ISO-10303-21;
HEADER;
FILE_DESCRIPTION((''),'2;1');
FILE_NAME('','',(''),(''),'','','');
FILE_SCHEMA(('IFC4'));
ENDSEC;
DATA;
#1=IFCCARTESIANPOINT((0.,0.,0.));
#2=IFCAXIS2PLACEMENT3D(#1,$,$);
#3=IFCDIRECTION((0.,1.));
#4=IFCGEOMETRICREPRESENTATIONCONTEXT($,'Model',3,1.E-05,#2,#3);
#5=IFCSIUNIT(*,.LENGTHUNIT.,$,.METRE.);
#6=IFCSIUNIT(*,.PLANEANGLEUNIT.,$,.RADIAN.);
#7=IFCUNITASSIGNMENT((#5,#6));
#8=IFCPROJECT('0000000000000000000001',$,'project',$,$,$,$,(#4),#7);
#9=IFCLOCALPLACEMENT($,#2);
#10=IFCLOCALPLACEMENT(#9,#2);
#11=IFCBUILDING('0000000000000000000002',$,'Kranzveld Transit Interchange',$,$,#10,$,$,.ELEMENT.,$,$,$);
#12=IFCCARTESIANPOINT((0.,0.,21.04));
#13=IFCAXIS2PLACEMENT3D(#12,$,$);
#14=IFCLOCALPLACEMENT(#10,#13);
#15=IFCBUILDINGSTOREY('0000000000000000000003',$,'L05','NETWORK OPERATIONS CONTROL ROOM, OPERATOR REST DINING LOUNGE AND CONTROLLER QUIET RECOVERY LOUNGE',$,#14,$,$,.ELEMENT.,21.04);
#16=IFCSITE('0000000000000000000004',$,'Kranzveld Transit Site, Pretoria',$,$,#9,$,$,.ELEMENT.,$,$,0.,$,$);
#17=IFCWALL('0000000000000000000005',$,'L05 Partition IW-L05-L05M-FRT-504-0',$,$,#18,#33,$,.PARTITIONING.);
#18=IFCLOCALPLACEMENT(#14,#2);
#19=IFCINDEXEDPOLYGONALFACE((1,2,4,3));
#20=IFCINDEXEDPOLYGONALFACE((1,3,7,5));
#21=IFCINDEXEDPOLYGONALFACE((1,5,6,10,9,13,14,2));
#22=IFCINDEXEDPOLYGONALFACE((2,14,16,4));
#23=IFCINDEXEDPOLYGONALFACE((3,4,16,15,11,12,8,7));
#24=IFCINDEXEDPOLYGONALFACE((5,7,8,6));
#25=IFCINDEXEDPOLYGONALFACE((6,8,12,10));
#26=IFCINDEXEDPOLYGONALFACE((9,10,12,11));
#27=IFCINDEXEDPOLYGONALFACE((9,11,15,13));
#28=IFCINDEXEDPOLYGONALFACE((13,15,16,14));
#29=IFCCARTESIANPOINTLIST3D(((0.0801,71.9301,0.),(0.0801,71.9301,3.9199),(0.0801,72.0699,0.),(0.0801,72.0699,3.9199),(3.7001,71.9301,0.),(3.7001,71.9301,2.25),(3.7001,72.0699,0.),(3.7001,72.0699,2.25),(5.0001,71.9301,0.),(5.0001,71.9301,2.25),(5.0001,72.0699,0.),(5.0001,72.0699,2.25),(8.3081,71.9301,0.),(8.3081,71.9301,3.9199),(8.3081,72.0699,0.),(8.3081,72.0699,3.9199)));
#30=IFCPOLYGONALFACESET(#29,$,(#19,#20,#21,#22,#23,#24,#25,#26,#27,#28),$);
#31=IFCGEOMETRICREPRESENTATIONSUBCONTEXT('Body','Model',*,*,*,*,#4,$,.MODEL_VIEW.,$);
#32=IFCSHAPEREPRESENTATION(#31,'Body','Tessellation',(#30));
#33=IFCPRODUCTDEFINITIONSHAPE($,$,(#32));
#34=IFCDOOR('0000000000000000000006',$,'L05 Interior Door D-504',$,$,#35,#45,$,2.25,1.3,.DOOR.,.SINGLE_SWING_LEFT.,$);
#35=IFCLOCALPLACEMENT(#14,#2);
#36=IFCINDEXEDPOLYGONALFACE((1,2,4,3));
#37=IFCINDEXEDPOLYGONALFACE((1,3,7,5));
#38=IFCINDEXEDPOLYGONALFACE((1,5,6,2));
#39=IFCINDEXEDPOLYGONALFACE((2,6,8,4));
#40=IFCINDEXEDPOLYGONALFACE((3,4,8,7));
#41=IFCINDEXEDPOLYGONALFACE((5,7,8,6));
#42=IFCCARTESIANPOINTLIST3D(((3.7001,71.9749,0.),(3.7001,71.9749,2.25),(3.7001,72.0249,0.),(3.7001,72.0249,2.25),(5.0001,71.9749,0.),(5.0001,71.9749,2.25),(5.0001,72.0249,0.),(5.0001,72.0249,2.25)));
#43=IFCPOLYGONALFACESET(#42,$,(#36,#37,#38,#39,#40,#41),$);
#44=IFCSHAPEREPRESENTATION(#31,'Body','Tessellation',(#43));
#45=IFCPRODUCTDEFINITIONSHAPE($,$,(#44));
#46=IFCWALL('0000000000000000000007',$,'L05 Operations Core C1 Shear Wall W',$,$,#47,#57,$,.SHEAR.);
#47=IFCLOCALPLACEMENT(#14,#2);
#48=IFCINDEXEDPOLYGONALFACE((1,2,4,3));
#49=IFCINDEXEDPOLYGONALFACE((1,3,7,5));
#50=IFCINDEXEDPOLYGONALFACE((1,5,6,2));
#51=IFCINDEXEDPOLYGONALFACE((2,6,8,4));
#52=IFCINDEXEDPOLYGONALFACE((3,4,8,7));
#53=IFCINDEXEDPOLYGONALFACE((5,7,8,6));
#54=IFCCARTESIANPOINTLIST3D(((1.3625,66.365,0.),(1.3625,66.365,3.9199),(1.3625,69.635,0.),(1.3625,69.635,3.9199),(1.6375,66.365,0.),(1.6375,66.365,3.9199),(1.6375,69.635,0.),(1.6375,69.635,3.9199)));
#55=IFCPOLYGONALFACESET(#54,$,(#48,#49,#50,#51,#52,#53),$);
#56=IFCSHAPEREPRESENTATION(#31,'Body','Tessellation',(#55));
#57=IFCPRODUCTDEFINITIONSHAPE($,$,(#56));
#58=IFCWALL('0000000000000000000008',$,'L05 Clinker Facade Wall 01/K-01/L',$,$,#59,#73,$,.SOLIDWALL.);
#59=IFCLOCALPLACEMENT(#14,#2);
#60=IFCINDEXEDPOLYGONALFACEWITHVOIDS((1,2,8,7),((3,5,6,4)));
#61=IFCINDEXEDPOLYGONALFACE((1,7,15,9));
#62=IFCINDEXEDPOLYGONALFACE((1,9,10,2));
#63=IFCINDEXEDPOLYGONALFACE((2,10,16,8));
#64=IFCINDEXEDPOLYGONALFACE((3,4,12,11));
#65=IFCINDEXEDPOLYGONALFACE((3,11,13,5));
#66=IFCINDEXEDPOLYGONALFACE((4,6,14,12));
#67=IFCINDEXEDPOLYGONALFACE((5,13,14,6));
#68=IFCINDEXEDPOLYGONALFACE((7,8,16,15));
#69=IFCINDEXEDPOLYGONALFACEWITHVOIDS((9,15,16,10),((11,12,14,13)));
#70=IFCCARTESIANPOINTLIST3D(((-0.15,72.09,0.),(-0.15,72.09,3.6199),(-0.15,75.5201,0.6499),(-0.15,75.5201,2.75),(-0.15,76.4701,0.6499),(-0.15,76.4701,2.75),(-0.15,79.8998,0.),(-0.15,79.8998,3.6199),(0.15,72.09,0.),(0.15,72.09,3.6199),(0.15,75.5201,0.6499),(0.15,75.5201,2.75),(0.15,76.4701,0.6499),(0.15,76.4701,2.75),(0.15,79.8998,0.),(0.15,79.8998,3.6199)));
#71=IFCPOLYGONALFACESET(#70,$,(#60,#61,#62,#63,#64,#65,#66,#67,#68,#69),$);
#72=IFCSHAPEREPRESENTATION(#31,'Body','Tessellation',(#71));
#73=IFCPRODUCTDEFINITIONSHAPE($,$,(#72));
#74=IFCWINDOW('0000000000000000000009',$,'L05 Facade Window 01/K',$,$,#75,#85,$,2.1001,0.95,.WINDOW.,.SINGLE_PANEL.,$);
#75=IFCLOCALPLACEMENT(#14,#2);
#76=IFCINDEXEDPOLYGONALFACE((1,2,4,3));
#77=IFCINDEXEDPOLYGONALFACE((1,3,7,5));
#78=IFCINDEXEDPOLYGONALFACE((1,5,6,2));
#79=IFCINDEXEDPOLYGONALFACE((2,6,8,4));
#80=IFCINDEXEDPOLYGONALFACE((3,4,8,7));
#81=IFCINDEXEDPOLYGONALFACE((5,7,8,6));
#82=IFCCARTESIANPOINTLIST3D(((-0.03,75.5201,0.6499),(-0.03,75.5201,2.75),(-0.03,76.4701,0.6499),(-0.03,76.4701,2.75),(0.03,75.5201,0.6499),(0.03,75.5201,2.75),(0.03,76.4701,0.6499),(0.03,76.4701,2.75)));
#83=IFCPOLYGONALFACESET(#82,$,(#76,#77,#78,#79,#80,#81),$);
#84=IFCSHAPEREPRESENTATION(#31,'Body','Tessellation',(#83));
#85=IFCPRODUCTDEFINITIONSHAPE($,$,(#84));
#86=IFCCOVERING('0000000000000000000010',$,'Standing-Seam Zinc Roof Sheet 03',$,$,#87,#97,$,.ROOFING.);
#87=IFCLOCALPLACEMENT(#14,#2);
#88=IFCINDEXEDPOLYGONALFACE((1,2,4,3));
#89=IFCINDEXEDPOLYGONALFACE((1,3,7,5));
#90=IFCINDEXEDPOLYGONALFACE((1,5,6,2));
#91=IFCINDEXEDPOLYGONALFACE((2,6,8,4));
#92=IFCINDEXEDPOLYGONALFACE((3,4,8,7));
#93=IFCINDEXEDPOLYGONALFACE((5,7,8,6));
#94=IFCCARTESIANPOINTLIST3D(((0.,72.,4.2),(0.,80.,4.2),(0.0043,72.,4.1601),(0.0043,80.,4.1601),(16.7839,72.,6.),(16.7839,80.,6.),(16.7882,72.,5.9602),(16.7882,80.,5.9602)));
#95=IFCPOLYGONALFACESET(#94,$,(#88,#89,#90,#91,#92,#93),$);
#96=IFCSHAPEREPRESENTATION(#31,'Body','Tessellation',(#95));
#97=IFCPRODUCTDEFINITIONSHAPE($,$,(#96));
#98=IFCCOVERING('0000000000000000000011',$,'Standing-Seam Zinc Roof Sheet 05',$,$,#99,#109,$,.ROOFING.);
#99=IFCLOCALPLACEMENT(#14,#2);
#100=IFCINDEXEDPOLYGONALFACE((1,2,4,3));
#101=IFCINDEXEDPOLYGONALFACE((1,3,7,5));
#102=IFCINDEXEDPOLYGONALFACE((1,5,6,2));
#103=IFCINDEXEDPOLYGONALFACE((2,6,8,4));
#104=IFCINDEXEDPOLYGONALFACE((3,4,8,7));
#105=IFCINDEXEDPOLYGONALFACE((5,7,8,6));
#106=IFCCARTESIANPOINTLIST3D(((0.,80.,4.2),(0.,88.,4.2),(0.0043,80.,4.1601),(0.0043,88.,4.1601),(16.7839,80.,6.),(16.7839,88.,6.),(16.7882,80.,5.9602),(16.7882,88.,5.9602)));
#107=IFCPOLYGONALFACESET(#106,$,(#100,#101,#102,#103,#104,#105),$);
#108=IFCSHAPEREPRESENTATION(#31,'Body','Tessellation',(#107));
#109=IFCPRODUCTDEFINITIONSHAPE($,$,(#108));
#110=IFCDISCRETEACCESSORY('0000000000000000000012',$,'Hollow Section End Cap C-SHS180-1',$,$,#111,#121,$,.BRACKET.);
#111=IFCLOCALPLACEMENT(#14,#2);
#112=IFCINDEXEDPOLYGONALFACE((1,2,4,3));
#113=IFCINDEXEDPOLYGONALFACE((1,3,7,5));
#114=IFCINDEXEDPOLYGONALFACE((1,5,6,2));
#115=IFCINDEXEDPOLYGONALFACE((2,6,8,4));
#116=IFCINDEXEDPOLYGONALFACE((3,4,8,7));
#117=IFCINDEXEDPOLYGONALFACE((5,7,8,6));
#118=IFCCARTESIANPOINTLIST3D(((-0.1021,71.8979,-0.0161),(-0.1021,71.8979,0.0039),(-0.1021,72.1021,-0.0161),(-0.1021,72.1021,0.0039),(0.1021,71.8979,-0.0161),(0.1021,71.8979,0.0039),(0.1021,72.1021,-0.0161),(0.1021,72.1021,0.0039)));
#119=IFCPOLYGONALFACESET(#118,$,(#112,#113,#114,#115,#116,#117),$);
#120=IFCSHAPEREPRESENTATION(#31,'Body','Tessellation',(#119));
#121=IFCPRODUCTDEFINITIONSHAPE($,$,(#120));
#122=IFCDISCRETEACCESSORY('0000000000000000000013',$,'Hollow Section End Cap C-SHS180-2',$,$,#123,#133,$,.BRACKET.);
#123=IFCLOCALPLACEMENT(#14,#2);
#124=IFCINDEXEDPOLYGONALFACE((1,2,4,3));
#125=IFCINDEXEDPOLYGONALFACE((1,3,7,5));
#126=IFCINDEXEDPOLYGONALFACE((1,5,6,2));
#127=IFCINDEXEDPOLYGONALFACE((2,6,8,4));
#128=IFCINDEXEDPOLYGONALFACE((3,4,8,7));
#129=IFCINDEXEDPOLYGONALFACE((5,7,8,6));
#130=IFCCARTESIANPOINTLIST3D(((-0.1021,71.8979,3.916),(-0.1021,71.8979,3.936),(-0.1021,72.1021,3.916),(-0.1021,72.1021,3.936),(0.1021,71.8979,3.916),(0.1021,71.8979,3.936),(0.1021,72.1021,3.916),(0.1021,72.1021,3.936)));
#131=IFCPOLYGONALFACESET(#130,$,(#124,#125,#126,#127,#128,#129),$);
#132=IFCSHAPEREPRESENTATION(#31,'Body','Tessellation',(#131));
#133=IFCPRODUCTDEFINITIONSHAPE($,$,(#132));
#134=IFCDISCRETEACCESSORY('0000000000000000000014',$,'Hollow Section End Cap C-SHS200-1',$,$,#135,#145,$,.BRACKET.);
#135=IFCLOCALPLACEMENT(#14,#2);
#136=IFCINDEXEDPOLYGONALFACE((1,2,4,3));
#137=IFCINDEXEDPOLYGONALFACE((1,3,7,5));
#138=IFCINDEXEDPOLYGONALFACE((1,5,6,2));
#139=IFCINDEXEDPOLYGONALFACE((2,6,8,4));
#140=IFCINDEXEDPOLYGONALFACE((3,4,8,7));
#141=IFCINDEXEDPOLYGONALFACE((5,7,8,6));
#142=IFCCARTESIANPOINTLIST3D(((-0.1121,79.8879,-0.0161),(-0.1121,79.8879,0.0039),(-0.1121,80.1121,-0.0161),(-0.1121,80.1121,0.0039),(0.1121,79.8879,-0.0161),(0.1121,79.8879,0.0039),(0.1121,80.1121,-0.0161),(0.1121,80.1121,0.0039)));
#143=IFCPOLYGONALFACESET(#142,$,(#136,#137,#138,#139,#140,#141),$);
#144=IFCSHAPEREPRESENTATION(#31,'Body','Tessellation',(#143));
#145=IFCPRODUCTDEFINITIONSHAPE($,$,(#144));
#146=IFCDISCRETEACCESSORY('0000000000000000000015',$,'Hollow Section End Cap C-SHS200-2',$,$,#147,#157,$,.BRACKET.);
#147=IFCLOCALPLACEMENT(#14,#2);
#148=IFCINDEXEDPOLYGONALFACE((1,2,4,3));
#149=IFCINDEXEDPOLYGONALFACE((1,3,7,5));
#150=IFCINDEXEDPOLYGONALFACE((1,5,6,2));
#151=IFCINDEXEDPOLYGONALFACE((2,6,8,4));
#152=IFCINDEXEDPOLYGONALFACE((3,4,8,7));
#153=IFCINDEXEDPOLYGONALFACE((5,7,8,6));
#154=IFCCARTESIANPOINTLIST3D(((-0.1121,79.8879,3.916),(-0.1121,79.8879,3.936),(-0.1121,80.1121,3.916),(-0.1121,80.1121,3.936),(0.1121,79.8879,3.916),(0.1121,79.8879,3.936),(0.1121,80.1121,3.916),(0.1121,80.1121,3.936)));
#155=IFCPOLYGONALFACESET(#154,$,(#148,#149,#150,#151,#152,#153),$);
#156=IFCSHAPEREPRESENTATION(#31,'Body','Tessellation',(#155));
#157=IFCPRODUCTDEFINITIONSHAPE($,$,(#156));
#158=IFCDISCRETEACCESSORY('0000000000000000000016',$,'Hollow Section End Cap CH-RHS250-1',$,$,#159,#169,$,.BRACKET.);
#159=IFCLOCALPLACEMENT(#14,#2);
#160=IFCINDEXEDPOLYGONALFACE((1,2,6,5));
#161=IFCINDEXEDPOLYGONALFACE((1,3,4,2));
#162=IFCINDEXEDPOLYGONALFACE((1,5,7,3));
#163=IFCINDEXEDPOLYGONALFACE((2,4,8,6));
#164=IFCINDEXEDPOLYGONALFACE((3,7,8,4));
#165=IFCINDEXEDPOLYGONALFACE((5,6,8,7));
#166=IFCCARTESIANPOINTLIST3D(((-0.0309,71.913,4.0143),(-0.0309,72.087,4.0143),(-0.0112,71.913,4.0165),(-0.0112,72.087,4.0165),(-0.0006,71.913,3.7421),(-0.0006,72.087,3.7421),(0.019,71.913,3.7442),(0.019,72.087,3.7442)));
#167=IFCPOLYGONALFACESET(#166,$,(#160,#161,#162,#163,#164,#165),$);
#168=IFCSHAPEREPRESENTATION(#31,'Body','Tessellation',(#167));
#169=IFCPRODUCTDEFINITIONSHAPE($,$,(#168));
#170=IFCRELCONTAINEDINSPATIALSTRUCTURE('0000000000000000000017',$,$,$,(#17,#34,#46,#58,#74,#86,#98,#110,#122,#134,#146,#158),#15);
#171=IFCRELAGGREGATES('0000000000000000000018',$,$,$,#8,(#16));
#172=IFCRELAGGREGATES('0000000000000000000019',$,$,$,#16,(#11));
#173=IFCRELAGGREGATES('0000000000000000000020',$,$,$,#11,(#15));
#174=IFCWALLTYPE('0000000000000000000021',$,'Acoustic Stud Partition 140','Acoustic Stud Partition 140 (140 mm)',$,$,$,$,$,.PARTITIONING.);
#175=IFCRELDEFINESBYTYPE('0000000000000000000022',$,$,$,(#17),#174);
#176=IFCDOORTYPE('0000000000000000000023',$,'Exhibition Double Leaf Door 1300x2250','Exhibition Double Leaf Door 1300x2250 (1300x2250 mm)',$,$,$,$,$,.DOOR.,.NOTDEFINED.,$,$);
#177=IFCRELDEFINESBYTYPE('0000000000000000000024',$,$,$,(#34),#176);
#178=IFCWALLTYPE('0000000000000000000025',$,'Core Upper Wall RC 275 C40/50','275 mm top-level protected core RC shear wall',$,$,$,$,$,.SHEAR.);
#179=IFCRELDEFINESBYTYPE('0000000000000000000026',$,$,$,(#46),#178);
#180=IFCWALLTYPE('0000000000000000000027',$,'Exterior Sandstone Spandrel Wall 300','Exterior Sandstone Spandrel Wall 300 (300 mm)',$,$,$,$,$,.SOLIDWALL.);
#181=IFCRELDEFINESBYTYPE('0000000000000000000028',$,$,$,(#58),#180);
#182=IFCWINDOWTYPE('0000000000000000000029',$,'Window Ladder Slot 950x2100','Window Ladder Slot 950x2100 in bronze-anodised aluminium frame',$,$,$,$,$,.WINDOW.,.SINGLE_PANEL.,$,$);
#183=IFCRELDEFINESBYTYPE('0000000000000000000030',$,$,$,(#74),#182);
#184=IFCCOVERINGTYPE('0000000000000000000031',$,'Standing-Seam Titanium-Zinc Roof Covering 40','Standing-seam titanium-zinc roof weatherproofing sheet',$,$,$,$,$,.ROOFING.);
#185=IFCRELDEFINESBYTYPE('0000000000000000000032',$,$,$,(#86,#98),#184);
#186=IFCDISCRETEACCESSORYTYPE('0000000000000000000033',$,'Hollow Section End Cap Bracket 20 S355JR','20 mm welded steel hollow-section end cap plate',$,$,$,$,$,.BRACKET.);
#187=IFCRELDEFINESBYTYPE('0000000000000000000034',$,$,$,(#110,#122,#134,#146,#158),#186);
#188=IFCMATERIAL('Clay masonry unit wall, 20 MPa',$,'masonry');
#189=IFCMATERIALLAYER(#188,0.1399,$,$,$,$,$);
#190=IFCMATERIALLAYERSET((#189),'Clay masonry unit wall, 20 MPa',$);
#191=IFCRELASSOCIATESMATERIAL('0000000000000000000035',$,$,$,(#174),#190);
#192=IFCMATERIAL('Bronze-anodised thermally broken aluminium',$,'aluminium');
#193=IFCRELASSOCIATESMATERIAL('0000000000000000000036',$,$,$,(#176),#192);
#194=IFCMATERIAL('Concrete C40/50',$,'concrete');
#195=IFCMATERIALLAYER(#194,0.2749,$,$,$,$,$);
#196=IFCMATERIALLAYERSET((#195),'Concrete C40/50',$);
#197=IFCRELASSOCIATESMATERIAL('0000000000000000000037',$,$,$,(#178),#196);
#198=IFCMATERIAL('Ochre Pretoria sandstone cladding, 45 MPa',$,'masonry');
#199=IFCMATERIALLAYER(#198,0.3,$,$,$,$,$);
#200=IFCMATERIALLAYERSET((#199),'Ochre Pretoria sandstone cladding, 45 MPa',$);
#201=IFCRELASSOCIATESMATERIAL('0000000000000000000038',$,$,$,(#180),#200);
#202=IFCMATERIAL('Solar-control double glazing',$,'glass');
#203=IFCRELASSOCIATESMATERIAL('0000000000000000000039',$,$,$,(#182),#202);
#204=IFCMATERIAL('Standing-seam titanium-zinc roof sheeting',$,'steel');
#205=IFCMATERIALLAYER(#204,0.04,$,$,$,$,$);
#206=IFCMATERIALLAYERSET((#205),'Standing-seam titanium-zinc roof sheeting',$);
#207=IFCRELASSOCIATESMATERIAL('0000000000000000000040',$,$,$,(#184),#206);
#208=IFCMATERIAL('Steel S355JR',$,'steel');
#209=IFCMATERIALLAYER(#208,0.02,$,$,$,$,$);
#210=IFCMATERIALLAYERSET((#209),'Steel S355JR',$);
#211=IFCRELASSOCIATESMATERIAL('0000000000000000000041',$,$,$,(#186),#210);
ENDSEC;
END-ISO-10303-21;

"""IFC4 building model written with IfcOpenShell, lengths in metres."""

from ifc_helpers import new_model, si_unit, direction, frame, frame_2d, origin, origin_2d, place, context, subcontext, project, spatial, polyline, rectangle, outline, extrude, material, layer, layer_set, type_object, element, fill, save


model = new_model("IFC4")

# Units and contexts
model_context = context("Model", 3, precision=1e-05, world=origin(), true_north=direction((0.0, 1.0)))
body_context = subcontext(model_context, "Body", "Model", "MODEL_VIEW")
ifc_project = project(units=[si_unit("LENGTHUNIT", "METRE"), si_unit("PLANEANGLEUNIT", "RADIAN")], contexts=[model_context])

# Site, building, storey
site_placement = place(None, origin())
site = spatial("IfcSite", under=ifc_project, at=site_placement, Name="Kranzveld Transit Site, Pretoria", CompositionType="ELEMENT", RefElevation=0.0)
building_placement = place(site_placement, origin())
building = spatial("IfcBuilding", under=site, at=building_placement, Name="Kranzveld Transit Interchange", CompositionType="ELEMENT")
storey_placement = place(building_placement, frame((0.0, 0.0, 21.04)))
storey = spatial("IfcBuildingStorey", under=building, at=storey_placement, Name="L05", Description="NETWORK OPERATIONS CONTROL ROOM, OPERATOR REST DINING LOUNGE AND CONTROLLER QUIET RECOVERY LOUNGE", CompositionType="ELEMENT", Elevation=21.04)

# Wall, opening, door
ifc_material_1 = material(Name="Clay masonry unit wall, 20 MPa", Category="masonry")
ifc_layer_1 = layer(ifc_material_1, 0.1399)
ifc_layer_set_1 = layer_set([ifc_layer_1], Name="Clay masonry unit wall, 20 MPa")
wall_type_1 = type_object("IfcWallType", Name="Acoustic Stud Partition 140", Description="Acoustic Stud Partition 140 (140 mm)", PredefinedType="PARTITIONING", material=ifc_layer_set_1)
wall_1_placement = place(storey_placement, frame((0.0801, 72.0, 0.0), z_axis=(0.0, 0.0, 1.0), x_axis=(1.0, 0.0, 0.0)))
wall_1 = element("IfcWall", 1, at=wall_1_placement, inside=storey, type_object=wall_type_1, Name="L05 Partition IW-L05-L05M-FRT-504-0", PredefinedType="PARTITIONING", context=body_context, shape_type="SweptSolid", body=[
    extrude(rectangle(XDim=8.228, YDim=0.1399, at=frame_2d((4.114, 0.0))), origin(), (0.0, 0.0, 1.0), 3.9199),
])
opening_1_placement = place(wall_1_placement, frame((3.6201, 0.0, 0.0), z_axis=(0.0, 0.0, 1.0), x_axis=(1.0, 0.0, 0.0)))
opening_1 = element("IfcOpeningElement", 2, at=opening_1_placement, cuts=wall_1, PredefinedType="OPENING", context=body_context, shape_type="SweptSolid", body=[
    extrude(rectangle(XDim=1.3, YDim=2.25, at=frame_2d((0.6499, 1.125))), frame((0.0, 0.0798, 0.0), z_axis=(0.0, -1.0, 0.0), x_axis=(1.0, 0.0, 0.0)), (0.0, 0.0, 1.0), 0.1599),
])
ifc_material_2 = material(Name="Bronze-anodised thermally broken aluminium", Category="aluminium")
door_type_1 = type_object("IfcDoorType", Name="Exhibition Double Leaf Door 1300x2250", Description="Exhibition Double Leaf Door 1300x2250 (1300x2250 mm)", OperationType="NOTDEFINED", PredefinedType="DOOR", material=ifc_material_2)
door_1_placement = place(opening_1_placement, origin())
door_1 = element("IfcDoor", 3, at=door_1_placement, inside=storey, type_object=door_type_1, Name="L05 Interior Door D-504", OperationType="SINGLE_SWING_LEFT", OverallHeight=2.25, OverallWidth=1.3, PredefinedType="DOOR", context=body_context, shape_type="SweptSolid", body=[
    extrude(rectangle(XDim=1.3, YDim=2.25, at=frame_2d((0.6499, 1.125))), frame((0.0, 0.0249, 0.0), z_axis=(0.0, -1.0, 0.0), x_axis=(1.0, 0.0, 0.0)), (0.0, 0.0, 1.0), 0.05),
])
fill(opening_1, door_1)

# Shared definitions
ifc_material_3 = material(Name="Concrete C40/50", Category="concrete")
ifc_layer_2 = layer(ifc_material_3, 0.2749)
ifc_layer_set_2 = layer_set([ifc_layer_2], Name="Concrete C40/50")
wall_type_2 = type_object("IfcWallType", Name="Core Upper Wall RC 275 C40/50", Description="275 mm top-level protected core RC shear wall", PredefinedType="SHEAR", material=ifc_layer_set_2)

# Wall
wall_2_placement = place(storey_placement, frame((1.5, 66.365, 0.0), z_axis=(0.0, 0.0, 1.0), x_axis=(0.0, 1.0, 0.0)))
element("IfcWall", 4, at=wall_2_placement, inside=storey, type_object=wall_type_2, Name="L05 Operations Core C1 Shear Wall W", PredefinedType="SHEAR", context=body_context, shape_type="SweptSolid", body=[
    extrude(rectangle(XDim=3.27, YDim=0.2749, at=frame_2d((1.635, 0.0))), origin(), (0.0, 0.0, 1.0), 3.9199),
])

# Wall, opening, window
ifc_material_4 = material(Name="Ochre Pretoria sandstone cladding, 45 MPa", Category="masonry")
ifc_layer_3 = layer(ifc_material_4, 0.3)
ifc_layer_set_3 = layer_set([ifc_layer_3], Name="Ochre Pretoria sandstone cladding, 45 MPa")
wall_type_3 = type_object("IfcWallType", Name="Exterior Sandstone Spandrel Wall 300", Description="Exterior Sandstone Spandrel Wall 300 (300 mm)", PredefinedType="SOLIDWALL", material=ifc_layer_set_3)
wall_3_placement = place(storey_placement, frame((0.0, 72.0901, 0.0), z_axis=(0.0, 0.0, 1.0), x_axis=(0.0, 1.0, 0.0)))
wall_3 = element("IfcWall", 5, at=wall_3_placement, inside=storey, type_object=wall_type_3, Name="L05 Clinker Facade Wall 01/K-01/L", PredefinedType="SOLIDWALL", context=body_context, shape_type="SweptSolid", body=[
    extrude(rectangle(XDim=7.8098, YDim=0.3, at=frame_2d((3.9048, 0.0))), origin(), (0.0, 0.0, 1.0), 3.6199),
])
opening_2_placement = place(wall_3_placement, frame((3.4299, 0.0, 0.6499), z_axis=(0.0, 0.0, 1.0), x_axis=(1.0, 0.0, 0.0)))
opening_2 = element("IfcOpeningElement", 6, at=opening_2_placement, cuts=wall_3, PredefinedType="OPENING", context=body_context, shape_type="SweptSolid", body=[
    extrude(rectangle(XDim=0.95, YDim=2.1001, at=frame_2d((0.4751, 1.05))), frame((0.0, 0.1599, 0.0), z_axis=(0.0, -1.0, 0.0), x_axis=(1.0, 0.0, 0.0)), (0.0, 0.0, 1.0), 0.3201),
])
ifc_material_5 = material(Name="Solar-control double glazing", Category="glass")
window_type = type_object("IfcWindowType", Name="Window Ladder Slot 950x2100", Description="Window Ladder Slot 950x2100 in bronze-anodised aluminium frame", PartitioningType="SINGLE_PANEL", PredefinedType="WINDOW", material=ifc_material_5)
window_placement = place(opening_2_placement, origin())
window = element("IfcWindow", 7, at=window_placement, inside=storey, type_object=window_type, Name="L05 Facade Window 01/K", OverallHeight=2.1001, OverallWidth=0.95, PartitioningType="SINGLE_PANEL", PredefinedType="WINDOW", context=body_context, shape_type="SweptSolid", body=[
    extrude(rectangle(XDim=0.95, YDim=2.1001, at=frame_2d((0.4751, 1.05))), frame((0.0, 0.03, 0.0), z_axis=(0.0, -1.0, 0.0), x_axis=(1.0, 0.0, 0.0)), (0.0, 0.0, 1.0), 0.0601),
])
fill(opening_2, window)

# Coverings
ifc_material_6 = material(Name="Standing-seam titanium-zinc roof sheeting", Category="steel")
ifc_layer_4 = layer(ifc_material_6, 0.04)
ifc_layer_set_4 = layer_set([ifc_layer_4], Name="Standing-seam titanium-zinc roof sheeting")
covering_type = type_object("IfcCoveringType", Name="Standing-Seam Titanium-Zinc Roof Covering 40", Description="Standing-seam titanium-zinc roof weatherproofing sheet", PredefinedType="ROOFING", material=ifc_layer_set_4)
for number, where, z_axis, x_axis, name in (
    (8, (0.0, 72.0, 4.2), (-0.106637, 0.0, 0.994298), (0.994298, 0.0, 0.106637), "Standing-Seam Zinc Roof Sheet 03"),
    (9, (0.0, 80.0, 4.2), (-0.106637, 0.0, 0.994298), (0.994298, 0.0, 0.106637), "Standing-Seam Zinc Roof Sheet 05"),
):
    element("IfcCovering", number, at=place(storey_placement, frame(where, z_axis=z_axis, x_axis=x_axis)), inside=storey, type_object=covering_type, Name=name, PredefinedType="ROOFING", context=body_context, shape_type="SweptSolid", body=[
        extrude(outline(polyline([(0.0, 0.0), (16.8802, 0.0), (16.8802, 8.0), (0.0, 8.0), (0.0, 0.0)])), origin(), (0.0, 0.0, -1.0), 0.04),
    ])

# Discrete accessories
ifc_material_7 = material(Name="Steel S355JR", Category="steel")
ifc_layer_5 = layer(ifc_material_7, 0.02)
ifc_layer_set_5 = layer_set([ifc_layer_5], Name="Steel S355JR")
discrete_accessory_type = type_object("IfcDiscreteAccessoryType", Name="Hollow Section End Cap Bracket 20 S355JR", Description="20 mm welded steel hollow-section end cap plate", PredefinedType="BRACKET", material=ifc_layer_set_5)
for number, where, z_axis, x_axis, name in (
    (10, (0.0, 72.0, 0.0039), (0.0, 0.0, -1.0), (1.0, 0.0, 0.0), "Hollow Section End Cap C-SHS180-1"),
    (11, (0.0, 72.0, 3.916), (0.0, 0.0, 1.0), (1.0, 0.0, 0.0), "Hollow Section End Cap C-SHS180-2"),
):
    element("IfcDiscreteAccessory", number, at=place(storey_placement, frame(where, z_axis=z_axis, x_axis=x_axis)), inside=storey, type_object=discrete_accessory_type, Name=name, PredefinedType="BRACKET", context=body_context, shape_type="SweptSolid", body=[
        extrude(rectangle(XDim=0.2041, YDim=0.2041, at=origin_2d()), origin(), (0.0, 0.0, 1.0), 0.02),
    ])
for number, where, z_axis, x_axis, name in (
    (12, (0.0, 80.0, 0.0039), (0.0, 0.0, -1.0), (1.0, 0.0, 0.0), "Hollow Section End Cap C-SHS200-1"),
    (13, (0.0, 80.0, 3.916), (0.0, 0.0, 1.0), (1.0, 0.0, 0.0), "Hollow Section End Cap C-SHS200-2"),
):
    element("IfcDiscreteAccessory", number, at=place(storey_placement, frame(where, z_axis=z_axis, x_axis=x_axis)), inside=storey, type_object=discrete_accessory_type, Name=name, PredefinedType="BRACKET", context=body_context, shape_type="SweptSolid", body=[
        extrude(rectangle(XDim=0.2241, YDim=0.2241, at=origin_2d()), origin(), (0.0, 0.0, 1.0), 0.02),
    ])
discrete_accessory_placement = place(storey_placement, frame((0.0039, 72.0, 3.8804), z_axis=(-0.993884, 0.0, -0.110432), x_axis=(0.0, -1.0, 0.0)))
element("IfcDiscreteAccessory", 14, at=discrete_accessory_placement, inside=storey, type_object=discrete_accessory_type, Name="Hollow Section End Cap CH-RHS250-1", PredefinedType="BRACKET", context=body_context, shape_type="SweptSolid", body=[
    extrude(rectangle(XDim=0.1741, YDim=0.2739, at=origin_2d()), origin(), (0.0, 0.0, 1.0), 0.0198),
])

save(model, "model.ifc")
